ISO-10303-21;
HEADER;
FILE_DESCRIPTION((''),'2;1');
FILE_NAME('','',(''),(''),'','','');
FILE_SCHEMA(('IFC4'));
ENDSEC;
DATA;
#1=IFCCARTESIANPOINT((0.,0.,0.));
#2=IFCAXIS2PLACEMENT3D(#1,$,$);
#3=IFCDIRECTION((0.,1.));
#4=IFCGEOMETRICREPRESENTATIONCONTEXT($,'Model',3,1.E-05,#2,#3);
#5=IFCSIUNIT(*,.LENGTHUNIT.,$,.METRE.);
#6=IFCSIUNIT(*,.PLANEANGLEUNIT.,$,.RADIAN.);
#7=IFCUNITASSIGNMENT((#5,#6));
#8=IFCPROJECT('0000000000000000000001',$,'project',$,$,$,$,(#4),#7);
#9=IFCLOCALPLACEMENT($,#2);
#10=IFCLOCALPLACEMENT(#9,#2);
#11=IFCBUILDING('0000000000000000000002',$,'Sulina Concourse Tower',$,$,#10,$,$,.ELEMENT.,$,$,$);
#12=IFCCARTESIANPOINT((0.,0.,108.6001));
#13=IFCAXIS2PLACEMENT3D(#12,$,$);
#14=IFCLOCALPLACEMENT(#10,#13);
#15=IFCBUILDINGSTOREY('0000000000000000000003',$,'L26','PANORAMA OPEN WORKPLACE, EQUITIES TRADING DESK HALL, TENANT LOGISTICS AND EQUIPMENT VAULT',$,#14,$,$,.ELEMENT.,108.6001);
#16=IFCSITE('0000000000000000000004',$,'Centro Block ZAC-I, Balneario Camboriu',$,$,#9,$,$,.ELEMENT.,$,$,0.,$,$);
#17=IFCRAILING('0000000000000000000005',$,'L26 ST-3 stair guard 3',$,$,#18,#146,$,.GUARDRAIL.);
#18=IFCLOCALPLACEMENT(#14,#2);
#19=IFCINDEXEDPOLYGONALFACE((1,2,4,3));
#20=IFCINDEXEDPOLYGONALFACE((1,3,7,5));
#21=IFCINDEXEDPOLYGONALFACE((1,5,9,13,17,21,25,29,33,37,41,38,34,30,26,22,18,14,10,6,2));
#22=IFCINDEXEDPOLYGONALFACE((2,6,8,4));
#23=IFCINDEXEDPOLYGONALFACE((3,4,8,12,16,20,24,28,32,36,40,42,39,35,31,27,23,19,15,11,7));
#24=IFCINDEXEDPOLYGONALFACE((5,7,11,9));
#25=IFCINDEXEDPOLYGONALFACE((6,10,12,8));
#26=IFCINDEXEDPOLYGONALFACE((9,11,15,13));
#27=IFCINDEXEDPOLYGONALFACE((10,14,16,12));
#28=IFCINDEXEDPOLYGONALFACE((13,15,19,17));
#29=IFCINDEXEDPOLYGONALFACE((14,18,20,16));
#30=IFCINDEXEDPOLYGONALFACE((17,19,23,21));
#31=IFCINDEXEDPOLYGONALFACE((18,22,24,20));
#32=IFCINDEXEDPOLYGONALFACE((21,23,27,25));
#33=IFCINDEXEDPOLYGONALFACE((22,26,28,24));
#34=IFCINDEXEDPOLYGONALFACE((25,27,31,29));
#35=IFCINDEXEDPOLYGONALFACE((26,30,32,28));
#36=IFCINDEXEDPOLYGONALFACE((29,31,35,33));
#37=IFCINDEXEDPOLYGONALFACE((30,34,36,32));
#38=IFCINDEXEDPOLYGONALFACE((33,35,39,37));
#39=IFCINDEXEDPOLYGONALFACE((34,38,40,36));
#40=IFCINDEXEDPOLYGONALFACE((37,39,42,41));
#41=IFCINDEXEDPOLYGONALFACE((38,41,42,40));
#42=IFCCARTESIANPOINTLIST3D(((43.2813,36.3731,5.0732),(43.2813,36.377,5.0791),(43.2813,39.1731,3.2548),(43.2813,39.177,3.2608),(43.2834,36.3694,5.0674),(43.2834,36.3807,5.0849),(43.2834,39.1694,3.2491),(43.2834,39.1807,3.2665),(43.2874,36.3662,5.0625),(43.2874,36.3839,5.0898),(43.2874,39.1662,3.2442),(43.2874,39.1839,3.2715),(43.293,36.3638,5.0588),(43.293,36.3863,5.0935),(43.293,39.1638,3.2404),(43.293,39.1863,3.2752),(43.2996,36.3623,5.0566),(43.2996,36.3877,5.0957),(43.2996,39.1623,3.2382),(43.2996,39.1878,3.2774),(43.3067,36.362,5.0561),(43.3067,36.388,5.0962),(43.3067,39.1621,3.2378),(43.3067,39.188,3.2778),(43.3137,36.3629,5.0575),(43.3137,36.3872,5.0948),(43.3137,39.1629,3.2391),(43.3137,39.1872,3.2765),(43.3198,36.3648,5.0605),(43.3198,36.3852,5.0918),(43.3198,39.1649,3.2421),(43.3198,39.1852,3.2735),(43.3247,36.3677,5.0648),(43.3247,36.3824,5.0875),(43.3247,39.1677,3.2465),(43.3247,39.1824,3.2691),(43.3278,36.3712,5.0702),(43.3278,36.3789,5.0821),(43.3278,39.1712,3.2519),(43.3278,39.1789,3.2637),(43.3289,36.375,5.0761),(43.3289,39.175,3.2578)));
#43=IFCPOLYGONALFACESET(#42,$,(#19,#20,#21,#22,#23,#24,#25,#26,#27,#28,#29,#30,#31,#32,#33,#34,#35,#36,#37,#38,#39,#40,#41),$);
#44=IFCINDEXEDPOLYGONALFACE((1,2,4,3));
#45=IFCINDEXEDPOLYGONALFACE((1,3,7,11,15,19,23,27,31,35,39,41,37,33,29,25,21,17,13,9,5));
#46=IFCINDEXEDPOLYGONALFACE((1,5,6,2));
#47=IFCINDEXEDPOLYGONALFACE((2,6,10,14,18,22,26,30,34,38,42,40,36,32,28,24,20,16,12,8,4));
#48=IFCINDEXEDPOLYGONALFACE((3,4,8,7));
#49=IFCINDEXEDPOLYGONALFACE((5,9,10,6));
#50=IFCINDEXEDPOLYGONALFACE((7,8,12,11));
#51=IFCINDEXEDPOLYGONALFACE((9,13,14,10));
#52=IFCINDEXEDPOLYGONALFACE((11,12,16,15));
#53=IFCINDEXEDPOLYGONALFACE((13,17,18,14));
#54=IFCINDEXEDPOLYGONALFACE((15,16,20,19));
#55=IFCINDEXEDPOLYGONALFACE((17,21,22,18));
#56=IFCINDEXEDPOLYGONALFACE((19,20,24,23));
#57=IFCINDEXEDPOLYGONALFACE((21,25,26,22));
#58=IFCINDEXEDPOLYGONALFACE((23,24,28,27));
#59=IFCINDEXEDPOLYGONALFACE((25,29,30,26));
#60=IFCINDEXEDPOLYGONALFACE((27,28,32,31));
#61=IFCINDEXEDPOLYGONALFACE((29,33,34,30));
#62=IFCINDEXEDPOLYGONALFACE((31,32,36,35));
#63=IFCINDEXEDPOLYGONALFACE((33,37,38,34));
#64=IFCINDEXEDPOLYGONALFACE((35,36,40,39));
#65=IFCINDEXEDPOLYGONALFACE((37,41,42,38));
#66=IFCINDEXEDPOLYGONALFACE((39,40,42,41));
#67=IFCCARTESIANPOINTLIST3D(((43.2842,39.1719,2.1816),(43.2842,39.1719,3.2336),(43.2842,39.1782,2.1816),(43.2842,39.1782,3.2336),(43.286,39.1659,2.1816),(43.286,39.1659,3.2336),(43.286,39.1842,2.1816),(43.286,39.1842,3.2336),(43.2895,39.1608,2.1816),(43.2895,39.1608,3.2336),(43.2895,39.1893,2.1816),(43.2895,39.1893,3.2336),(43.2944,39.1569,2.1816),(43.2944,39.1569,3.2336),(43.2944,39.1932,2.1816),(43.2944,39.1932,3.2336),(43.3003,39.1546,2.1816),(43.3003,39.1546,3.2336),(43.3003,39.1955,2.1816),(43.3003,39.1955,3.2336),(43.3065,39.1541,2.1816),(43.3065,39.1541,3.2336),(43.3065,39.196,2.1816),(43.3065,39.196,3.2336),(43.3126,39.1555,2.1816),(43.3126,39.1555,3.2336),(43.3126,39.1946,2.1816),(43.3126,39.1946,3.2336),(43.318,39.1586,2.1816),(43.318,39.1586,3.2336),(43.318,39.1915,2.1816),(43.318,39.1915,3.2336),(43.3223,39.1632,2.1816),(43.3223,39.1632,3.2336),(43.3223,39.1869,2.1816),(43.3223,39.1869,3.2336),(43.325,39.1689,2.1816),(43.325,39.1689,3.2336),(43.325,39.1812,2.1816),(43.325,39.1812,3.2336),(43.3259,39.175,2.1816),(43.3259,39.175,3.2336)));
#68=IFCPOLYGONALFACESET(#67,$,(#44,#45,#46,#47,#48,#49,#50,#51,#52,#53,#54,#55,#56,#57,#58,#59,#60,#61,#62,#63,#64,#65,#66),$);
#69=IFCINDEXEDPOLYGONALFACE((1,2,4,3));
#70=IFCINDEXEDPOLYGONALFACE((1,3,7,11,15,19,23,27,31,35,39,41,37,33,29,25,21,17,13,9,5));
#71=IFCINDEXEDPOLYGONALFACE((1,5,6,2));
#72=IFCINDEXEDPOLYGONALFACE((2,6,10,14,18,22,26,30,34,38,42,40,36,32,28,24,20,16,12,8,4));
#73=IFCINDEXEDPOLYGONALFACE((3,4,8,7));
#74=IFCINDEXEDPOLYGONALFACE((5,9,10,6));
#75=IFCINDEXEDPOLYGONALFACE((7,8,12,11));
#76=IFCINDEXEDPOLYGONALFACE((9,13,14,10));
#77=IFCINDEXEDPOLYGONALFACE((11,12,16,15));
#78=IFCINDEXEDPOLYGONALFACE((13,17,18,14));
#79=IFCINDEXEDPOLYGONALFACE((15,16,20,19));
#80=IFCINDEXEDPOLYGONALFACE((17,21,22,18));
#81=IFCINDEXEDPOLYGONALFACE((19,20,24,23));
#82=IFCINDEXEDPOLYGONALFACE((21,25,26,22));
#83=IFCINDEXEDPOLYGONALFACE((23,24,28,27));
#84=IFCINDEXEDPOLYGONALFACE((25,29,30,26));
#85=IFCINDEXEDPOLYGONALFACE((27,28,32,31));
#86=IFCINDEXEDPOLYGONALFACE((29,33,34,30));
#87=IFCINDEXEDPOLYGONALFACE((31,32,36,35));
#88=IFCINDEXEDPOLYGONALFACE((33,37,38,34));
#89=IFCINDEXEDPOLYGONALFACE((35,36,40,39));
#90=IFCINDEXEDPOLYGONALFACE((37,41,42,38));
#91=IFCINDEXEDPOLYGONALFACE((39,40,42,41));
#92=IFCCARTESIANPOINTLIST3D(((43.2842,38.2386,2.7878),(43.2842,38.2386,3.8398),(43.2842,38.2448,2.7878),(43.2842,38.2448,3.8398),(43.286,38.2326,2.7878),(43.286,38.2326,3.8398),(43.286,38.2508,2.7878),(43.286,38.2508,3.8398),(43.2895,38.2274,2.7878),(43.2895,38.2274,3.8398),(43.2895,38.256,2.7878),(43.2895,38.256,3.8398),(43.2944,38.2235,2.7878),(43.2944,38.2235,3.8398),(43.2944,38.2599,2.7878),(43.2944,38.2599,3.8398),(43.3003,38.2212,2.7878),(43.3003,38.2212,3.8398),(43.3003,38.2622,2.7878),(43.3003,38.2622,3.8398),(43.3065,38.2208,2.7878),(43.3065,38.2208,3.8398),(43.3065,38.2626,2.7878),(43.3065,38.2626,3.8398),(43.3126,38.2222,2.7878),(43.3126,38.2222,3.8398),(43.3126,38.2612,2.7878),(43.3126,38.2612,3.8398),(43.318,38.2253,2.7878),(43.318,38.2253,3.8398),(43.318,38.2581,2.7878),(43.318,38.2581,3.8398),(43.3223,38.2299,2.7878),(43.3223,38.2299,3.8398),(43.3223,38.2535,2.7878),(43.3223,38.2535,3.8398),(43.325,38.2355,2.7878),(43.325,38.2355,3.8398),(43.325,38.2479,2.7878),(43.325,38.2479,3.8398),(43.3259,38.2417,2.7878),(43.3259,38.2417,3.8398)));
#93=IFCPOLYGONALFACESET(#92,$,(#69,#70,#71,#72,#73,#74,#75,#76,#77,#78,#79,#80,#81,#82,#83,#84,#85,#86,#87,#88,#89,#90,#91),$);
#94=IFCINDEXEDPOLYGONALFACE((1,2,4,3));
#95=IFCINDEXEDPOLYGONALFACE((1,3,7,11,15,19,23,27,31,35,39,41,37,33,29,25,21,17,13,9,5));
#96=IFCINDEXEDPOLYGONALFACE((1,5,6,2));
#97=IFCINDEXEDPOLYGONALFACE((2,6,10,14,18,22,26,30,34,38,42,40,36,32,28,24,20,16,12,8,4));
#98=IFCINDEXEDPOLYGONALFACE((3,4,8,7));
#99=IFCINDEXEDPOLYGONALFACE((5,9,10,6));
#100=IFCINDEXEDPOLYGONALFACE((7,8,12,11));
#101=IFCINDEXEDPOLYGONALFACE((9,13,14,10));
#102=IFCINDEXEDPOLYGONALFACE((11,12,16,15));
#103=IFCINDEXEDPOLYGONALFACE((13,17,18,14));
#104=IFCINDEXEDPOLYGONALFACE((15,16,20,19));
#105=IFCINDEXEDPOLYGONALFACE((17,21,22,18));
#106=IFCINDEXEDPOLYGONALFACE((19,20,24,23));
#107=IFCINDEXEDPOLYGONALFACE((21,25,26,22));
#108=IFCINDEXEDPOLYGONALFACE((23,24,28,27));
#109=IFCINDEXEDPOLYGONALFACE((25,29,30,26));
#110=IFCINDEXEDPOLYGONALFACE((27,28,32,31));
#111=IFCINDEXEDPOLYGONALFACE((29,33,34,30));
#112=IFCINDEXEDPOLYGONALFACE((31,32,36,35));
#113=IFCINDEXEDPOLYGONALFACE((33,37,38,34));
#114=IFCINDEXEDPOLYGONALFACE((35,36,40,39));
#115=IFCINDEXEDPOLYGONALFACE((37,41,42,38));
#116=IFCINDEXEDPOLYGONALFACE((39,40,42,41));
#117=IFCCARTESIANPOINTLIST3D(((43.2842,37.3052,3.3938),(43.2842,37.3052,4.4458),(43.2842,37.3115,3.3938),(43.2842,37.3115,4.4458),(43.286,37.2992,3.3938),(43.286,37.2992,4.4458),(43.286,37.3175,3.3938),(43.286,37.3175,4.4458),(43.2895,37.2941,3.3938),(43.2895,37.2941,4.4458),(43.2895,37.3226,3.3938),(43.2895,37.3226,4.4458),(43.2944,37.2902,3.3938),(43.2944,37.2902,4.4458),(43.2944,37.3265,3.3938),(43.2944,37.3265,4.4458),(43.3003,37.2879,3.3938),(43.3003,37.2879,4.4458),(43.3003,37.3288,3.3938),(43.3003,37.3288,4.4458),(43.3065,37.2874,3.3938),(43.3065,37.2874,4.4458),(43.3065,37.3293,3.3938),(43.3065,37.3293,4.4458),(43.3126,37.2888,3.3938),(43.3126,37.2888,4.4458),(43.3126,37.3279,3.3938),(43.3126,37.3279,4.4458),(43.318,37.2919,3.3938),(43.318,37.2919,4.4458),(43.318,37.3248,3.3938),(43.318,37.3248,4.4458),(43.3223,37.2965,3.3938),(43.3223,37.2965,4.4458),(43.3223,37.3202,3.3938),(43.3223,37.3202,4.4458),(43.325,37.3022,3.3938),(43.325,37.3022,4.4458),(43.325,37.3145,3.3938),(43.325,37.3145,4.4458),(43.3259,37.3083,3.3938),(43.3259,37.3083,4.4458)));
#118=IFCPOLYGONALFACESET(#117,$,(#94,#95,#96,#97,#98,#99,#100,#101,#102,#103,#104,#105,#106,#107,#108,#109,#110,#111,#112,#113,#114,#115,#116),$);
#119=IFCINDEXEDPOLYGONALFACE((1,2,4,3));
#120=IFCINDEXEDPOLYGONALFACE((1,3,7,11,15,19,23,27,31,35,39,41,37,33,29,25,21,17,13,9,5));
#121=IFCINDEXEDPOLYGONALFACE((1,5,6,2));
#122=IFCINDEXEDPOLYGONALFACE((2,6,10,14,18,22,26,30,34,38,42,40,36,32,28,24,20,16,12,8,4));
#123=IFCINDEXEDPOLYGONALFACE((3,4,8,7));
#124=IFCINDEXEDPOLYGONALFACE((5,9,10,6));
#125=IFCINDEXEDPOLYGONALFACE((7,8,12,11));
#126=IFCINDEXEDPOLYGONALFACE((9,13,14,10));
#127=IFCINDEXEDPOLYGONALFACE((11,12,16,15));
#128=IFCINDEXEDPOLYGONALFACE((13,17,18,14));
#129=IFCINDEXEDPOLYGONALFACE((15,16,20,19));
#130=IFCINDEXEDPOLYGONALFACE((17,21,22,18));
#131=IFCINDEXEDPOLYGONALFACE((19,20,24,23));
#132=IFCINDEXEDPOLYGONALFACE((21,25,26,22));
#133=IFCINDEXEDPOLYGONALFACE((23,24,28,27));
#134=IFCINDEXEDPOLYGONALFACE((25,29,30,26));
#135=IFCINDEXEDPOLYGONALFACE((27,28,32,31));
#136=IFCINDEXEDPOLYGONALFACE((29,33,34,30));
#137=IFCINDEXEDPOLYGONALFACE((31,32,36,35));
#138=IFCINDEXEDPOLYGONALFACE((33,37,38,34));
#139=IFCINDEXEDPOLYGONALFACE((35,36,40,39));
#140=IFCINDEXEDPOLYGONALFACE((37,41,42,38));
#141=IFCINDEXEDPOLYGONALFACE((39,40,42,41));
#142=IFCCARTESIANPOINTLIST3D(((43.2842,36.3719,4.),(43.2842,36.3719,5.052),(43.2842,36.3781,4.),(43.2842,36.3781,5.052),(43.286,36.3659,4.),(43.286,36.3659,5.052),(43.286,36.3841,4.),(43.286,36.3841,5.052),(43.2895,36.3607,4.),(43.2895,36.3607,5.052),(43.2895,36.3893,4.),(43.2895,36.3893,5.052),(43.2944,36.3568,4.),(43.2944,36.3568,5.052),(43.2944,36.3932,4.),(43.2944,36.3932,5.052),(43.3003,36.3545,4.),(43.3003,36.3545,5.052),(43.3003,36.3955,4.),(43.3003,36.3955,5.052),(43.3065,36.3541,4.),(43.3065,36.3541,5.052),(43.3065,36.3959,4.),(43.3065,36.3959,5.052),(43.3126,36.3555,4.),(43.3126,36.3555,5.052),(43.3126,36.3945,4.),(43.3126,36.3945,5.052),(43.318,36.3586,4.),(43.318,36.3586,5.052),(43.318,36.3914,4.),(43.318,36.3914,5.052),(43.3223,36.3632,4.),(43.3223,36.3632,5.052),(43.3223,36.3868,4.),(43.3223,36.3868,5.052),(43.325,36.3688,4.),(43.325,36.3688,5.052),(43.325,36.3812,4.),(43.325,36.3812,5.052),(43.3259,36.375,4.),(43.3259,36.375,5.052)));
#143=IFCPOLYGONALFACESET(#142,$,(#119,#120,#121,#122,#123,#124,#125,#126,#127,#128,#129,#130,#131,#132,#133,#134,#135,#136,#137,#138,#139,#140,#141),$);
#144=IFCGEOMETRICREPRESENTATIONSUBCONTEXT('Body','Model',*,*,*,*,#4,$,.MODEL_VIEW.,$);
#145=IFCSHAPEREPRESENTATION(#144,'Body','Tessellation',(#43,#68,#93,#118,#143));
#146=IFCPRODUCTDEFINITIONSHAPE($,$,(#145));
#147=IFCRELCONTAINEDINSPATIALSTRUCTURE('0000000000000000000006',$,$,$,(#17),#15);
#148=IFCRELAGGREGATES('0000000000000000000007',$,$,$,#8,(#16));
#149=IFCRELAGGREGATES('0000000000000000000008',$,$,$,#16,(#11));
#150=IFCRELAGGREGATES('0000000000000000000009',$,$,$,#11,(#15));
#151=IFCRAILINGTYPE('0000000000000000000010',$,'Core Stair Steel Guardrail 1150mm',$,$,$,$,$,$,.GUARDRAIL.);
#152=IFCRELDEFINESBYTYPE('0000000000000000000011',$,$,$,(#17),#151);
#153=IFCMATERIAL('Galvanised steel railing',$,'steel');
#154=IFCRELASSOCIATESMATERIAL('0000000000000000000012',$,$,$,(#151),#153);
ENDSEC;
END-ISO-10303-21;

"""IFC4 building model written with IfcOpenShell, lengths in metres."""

from ifc_helpers import new_model, si_unit, direction, frame, origin, origin_2d, place, context, subcontext, project, spatial, circle, extrude, material, type_object, element, save


model = new_model("IFC4")

# Units and contexts
model_context = context("Model", 3, precision=1e-05, world=origin(), true_north=direction((0.0, 1.0)))
body_context = subcontext(model_context, "Body", "Model", "MODEL_VIEW")
ifc_project = project(units=[si_unit("LENGTHUNIT", "METRE"), si_unit("PLANEANGLEUNIT", "RADIAN")], contexts=[model_context])

# Site, building, storey
site_placement = place(None, origin())
site = spatial("IfcSite", under=ifc_project, at=site_placement, Name="Centro Block ZAC-I, Balneario Camboriu", CompositionType="ELEMENT", RefElevation=0.0)
building_placement = place(site_placement, origin())
building = spatial("IfcBuilding", under=site, at=building_placement, Name="Sulina Concourse Tower", CompositionType="ELEMENT")
storey_placement = place(building_placement, frame((0.0, 0.0, 108.6001)))
storey = spatial("IfcBuildingStorey", under=building, at=storey_placement, Name="L26", Description="PANORAMA OPEN WORKPLACE, EQUITIES TRADING DESK HALL, TENANT LOGISTICS AND EQUIPMENT VAULT", CompositionType="ELEMENT", Elevation=108.6001)

# Railing
ifc_material_1 = material(Name="Galvanised steel railing", Category="steel")
railing_type_1 = type_object("IfcRailingType", Name="Core Stair Steel Guardrail 1150mm", PredefinedType="GUARDRAIL", material=ifc_material_1)
railing_1_placement = place(storey_placement, frame((43.3049, 39.175, 2.1816)))
element("IfcRailing", 1, at=railing_1_placement, inside=storey, type_object=railing_type_1, Name="L26 ST-3 stair guard 3", PredefinedType="GUARDRAIL", context=body_context, shape_type="SweptSolid", body=[
    extrude(circle(Radius=0.0239, at=origin_2d()), frame((0.0, 0.0, 1.0762), z_axis=(0.0, -0.838672, 0.544636), x_axis=(1.0, 0.0, 0.0)), (0.0, 0.0, 1.0), 3.3386),
    extrude(circle(Radius=0.021, at=origin_2d()), origin(), (0.0, 0.0, 1.0), 1.052),
    extrude(circle(Radius=0.021, at=origin_2d()), frame((0.0, -0.9333, 0.6062)), (0.0, 0.0, 1.0), 1.052),
    extrude(circle(Radius=0.021, at=origin_2d()), frame((0.0, -1.8667, 1.2122)), (0.0, 0.0, 1.0), 1.052),
    extrude(circle(Radius=0.021, at=origin_2d()), frame((0.0, -2.8, 1.8184)), (0.0, 0.0, 1.0), 1.052),
])

save(model, "model.ifc")
